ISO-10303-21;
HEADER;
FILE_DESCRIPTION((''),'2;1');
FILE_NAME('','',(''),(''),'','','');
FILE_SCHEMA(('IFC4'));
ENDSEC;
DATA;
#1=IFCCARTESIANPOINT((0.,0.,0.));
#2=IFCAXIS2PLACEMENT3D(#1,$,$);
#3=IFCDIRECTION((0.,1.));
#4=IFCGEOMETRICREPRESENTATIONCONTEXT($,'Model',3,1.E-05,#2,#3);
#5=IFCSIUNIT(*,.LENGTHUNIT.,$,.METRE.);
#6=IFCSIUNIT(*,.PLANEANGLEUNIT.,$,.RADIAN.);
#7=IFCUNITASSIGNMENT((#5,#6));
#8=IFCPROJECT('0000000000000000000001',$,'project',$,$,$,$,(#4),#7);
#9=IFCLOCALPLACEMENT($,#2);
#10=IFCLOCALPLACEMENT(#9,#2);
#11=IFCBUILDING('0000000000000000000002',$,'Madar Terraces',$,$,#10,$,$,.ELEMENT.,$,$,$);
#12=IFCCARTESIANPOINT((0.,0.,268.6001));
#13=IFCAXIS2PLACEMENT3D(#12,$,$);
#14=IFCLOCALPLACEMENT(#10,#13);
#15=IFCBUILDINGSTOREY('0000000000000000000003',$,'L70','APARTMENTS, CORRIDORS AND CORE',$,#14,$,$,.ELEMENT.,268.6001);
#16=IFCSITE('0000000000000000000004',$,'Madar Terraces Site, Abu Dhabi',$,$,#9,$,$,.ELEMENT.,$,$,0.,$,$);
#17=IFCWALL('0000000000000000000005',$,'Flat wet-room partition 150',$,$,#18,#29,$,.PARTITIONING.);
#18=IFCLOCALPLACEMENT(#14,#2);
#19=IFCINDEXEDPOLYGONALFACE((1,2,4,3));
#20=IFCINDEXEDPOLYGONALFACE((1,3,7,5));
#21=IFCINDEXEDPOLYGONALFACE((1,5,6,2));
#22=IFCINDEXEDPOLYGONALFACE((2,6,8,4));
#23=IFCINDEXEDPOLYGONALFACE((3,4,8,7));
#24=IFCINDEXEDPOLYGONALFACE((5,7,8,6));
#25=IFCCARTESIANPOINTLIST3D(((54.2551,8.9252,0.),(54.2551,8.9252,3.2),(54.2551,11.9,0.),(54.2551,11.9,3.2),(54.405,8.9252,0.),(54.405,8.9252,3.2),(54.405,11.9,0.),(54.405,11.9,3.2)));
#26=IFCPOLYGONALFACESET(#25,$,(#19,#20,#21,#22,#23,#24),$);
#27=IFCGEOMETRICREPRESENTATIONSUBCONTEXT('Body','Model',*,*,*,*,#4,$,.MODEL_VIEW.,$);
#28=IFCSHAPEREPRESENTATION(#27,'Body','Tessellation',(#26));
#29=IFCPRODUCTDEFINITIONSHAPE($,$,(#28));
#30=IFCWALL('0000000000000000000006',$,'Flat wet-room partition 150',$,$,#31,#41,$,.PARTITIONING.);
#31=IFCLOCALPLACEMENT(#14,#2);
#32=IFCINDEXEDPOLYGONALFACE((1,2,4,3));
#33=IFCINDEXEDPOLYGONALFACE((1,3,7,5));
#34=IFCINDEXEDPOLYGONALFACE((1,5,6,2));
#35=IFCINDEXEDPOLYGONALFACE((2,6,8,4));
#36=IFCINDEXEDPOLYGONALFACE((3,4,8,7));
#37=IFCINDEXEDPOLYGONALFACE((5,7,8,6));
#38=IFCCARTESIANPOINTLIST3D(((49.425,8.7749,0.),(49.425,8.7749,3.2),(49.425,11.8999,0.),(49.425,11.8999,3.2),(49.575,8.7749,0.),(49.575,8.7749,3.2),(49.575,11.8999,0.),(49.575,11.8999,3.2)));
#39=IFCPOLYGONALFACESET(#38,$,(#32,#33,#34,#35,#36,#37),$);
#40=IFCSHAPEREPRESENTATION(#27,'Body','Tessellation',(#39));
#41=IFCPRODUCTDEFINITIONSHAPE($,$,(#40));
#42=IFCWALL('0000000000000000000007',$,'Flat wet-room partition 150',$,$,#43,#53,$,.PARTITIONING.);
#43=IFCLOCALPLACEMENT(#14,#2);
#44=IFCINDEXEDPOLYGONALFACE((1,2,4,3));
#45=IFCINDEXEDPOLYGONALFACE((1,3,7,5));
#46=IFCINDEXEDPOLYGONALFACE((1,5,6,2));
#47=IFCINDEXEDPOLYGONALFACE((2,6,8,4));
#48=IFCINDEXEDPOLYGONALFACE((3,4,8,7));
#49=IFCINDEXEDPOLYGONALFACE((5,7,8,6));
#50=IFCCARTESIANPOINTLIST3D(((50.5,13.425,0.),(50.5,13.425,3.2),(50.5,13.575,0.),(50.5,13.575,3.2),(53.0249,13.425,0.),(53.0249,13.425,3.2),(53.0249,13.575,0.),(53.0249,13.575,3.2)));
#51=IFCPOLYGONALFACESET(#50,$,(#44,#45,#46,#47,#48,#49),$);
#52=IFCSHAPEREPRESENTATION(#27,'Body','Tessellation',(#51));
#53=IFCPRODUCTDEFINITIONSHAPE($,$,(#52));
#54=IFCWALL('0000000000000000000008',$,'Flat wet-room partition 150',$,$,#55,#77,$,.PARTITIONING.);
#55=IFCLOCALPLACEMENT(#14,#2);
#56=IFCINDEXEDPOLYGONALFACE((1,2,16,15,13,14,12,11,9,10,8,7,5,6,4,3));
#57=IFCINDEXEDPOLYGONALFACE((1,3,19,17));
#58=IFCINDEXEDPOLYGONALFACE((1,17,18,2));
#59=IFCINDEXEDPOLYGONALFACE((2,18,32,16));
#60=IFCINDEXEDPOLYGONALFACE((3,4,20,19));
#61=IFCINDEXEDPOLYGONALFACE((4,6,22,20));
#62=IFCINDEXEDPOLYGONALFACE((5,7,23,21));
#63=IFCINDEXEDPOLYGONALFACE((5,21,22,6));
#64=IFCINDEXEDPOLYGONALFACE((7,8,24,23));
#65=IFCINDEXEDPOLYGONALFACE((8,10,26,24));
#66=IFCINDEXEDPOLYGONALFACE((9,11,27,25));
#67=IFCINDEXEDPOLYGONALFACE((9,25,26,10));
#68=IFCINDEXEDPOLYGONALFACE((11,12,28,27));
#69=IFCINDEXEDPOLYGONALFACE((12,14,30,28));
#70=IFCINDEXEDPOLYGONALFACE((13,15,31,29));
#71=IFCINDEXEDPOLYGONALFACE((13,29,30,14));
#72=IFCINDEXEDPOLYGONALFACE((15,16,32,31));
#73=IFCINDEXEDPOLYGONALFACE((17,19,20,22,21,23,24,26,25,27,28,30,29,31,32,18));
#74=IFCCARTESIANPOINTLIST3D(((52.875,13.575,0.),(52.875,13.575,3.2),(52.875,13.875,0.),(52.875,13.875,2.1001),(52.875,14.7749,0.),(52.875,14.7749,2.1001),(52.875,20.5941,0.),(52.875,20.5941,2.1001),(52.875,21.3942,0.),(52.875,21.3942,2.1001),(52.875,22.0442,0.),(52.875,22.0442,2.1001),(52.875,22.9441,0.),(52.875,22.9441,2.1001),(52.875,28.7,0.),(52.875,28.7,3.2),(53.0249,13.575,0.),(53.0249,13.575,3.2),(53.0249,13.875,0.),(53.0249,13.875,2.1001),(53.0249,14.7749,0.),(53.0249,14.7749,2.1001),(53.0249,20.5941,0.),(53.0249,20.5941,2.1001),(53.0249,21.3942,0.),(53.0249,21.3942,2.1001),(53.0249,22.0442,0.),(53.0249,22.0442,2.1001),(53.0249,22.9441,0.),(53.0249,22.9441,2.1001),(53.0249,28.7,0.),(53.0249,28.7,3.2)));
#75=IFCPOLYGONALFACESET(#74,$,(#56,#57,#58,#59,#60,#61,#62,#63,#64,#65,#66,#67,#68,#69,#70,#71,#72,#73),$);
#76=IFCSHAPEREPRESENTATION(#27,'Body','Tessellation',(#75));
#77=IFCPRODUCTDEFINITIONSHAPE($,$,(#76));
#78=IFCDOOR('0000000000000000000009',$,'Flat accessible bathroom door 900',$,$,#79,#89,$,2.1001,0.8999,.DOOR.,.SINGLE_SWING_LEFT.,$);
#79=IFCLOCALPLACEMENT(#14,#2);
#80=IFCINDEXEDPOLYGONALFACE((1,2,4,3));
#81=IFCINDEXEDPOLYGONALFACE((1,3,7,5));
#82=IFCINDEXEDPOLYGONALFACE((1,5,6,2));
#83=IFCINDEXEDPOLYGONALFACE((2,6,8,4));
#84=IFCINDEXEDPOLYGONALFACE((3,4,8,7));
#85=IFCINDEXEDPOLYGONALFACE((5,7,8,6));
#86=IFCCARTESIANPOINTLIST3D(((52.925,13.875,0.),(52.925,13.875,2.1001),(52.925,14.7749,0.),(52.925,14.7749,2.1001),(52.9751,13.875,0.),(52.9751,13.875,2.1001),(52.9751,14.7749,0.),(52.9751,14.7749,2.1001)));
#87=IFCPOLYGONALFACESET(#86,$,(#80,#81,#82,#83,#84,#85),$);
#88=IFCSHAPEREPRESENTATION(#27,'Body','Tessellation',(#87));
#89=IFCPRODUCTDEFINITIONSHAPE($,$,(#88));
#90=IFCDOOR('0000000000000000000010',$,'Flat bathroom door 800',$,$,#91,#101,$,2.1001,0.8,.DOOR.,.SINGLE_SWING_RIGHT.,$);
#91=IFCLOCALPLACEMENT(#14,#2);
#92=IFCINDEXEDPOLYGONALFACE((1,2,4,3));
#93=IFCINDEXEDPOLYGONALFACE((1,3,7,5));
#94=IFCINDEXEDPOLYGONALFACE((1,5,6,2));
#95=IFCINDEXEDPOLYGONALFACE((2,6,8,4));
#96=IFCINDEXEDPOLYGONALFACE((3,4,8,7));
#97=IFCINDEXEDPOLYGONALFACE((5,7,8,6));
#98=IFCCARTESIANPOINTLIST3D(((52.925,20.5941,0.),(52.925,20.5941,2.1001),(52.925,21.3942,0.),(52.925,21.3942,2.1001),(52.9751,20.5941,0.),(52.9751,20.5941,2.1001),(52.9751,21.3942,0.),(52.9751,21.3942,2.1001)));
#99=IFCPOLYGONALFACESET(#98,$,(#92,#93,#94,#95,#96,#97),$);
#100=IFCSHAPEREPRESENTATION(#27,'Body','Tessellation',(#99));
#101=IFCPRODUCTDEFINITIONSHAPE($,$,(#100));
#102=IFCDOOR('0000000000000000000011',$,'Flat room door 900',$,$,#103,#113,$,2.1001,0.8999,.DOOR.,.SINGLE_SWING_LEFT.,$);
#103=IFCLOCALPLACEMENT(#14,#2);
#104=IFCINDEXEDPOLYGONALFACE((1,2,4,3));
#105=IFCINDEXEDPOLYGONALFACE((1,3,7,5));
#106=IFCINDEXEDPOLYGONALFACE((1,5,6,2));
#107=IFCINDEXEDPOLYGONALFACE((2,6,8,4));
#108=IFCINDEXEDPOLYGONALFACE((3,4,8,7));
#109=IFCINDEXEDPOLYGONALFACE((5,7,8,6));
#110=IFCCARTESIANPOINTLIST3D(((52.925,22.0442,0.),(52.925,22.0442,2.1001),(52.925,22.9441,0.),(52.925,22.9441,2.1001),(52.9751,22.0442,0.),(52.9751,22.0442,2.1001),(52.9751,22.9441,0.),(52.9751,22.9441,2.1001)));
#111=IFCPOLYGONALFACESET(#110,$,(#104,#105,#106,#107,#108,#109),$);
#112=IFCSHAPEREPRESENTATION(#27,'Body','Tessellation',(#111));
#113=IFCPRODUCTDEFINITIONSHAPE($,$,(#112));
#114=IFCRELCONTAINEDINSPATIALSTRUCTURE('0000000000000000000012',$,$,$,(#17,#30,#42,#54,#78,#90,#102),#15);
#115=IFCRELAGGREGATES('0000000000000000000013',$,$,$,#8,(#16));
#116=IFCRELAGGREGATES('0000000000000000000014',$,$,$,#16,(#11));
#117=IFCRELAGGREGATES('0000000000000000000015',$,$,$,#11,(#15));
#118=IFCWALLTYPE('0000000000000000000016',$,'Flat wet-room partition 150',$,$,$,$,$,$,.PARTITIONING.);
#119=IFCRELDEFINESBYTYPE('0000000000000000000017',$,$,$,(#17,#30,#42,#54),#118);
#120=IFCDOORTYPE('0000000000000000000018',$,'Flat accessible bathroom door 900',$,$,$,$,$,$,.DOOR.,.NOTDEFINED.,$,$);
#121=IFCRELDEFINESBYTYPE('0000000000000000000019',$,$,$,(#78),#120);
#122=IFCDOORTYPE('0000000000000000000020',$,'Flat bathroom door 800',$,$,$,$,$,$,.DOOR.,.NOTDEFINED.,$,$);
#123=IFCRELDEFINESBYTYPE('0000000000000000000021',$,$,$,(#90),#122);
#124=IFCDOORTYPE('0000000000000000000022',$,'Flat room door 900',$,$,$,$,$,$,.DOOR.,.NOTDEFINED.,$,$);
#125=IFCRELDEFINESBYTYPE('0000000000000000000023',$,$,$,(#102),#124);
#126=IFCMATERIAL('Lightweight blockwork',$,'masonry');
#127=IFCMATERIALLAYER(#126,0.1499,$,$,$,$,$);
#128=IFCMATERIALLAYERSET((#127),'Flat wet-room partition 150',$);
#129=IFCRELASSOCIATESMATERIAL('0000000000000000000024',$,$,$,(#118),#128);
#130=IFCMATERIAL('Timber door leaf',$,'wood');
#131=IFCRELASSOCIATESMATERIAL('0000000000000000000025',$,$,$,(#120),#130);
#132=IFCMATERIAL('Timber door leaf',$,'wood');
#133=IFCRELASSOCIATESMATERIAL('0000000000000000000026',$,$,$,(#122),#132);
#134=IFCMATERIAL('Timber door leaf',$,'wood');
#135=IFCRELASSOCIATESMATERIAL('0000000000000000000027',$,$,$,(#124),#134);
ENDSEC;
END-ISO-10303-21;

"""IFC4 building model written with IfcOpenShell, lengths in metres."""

from ifc_helpers import new_model, si_unit, direction, frame, frame_2d, origin, place, context, subcontext, project, spatial, rectangle, extrude, material, layer, layer_set, type_object, element, fill, save


model = new_model("IFC4")

# Units and contexts
model_context = context("Model", 3, precision=1e-05, world=origin(), true_north=direction((0.0, 1.0)))
body_context = subcontext(model_context, "Body", "Model", "MODEL_VIEW")
ifc_project = project(units=[si_unit("LENGTHUNIT", "METRE"), si_unit("PLANEANGLEUNIT", "RADIAN")], contexts=[model_context])

# Site, building, storey
site_placement = place(None, origin())
site = spatial("IfcSite", under=ifc_project, at=site_placement, Name="Madar Terraces Site, Abu Dhabi", CompositionType="ELEMENT", RefElevation=0.0)
building_placement = place(site_placement, origin())
building = spatial("IfcBuilding", under=site, at=building_placement, Name="Madar Terraces", CompositionType="ELEMENT")
storey_placement = place(building_placement, frame((0.0, 0.0, 268.6001)))
storey = spatial("IfcBuildingStorey", under=building, at=storey_placement, Name="L70", Description="APARTMENTS, CORRIDORS AND CORE", CompositionType="ELEMENT", Elevation=268.6001)

# Walls
ifc_material_1 = material(Name="Lightweight blockwork", Category="masonry")
ifc_layer_1 = layer(ifc_material_1, 0.1499)
ifc_layer_set_1 = layer_set([ifc_layer_1], Name="Flat wet-room partition 150")
wall_type_1 = type_object("IfcWallType", Name="Flat wet-room partition 150", PredefinedType="PARTITIONING", material=ifc_layer_set_1)
wall_1_placement = place(storey_placement, frame((54.3301, 11.8999, 0.0), z_axis=(0.0, 0.0, 1.0), x_axis=(0.0, -1.0, 0.0)))
element("IfcWall", 1, at=wall_1_placement, inside=storey, type_object=wall_type_1, Name="Flat wet-room partition 150", PredefinedType="PARTITIONING", context=body_context, shape_type="SweptSolid", body=[
    extrude(rectangle(XDim=2.9749, YDim=0.1499, at=frame_2d((1.4873, 0.0))), origin(), (0.0, 0.0, 1.0), 3.2),
])
wall_2_placement = place(storey_placement, frame((49.5, 11.8999, 0.0), z_axis=(0.0, 0.0, 1.0), x_axis=(0.0, -1.0, 0.0)))
element("IfcWall", 2, at=wall_2_placement, inside=storey, type_object=wall_type_1, Name="Flat wet-room partition 150", PredefinedType="PARTITIONING", context=body_context, shape_type="SweptSolid", body=[
    extrude(rectangle(XDim=3.125, YDim=0.1499, at=frame_2d((1.5625, 0.0))), origin(), (0.0, 0.0, 1.0), 3.2),
])
wall_3_placement = place(storey_placement, frame((50.5, 13.5, 0.0), z_axis=(0.0, 0.0, 1.0), x_axis=(1.0, 0.0, 0.0)))
element("IfcWall", 3, at=wall_3_placement, inside=storey, type_object=wall_type_1, Name="Flat wet-room partition 150", PredefinedType="PARTITIONING", context=body_context, shape_type="SweptSolid", body=[
    extrude(rectangle(XDim=2.5249, YDim=0.1499, at=frame_2d((1.2625, 0.0))), origin(), (0.0, 0.0, 1.0), 3.2),
])

# Wall, openings, doors
wall_4_placement = place(storey_placement, frame((52.95, 13.575, 0.0), z_axis=(0.0, 0.0, 1.0), x_axis=(0.0, 1.0, 0.0)))
wall_4 = element("IfcWall", 4, at=wall_4_placement, inside=storey, type_object=wall_type_1, Name="Flat wet-room partition 150", PredefinedType="PARTITIONING", context=body_context, shape_type="SweptSolid", body=[
    extrude(rectangle(XDim=15.125, YDim=0.1499, at=frame_2d((7.5625, 0.0))), origin(), (0.0, 0.0, 1.0), 3.2),
])
opening_1_placement = place(wall_4_placement, frame((0.3, 0.0, 0.0)))
opening_1 = element("IfcOpeningElement", 5, at=opening_1_placement, cuts=wall_4, PredefinedType="OPENING", context=body_context, shape_type="SweptSolid", body=[
    extrude(rectangle(XDim=0.8999, YDim=2.1001, at=frame_2d((0.45, 1.05))), frame((0.0, 0.085, 0.0), z_axis=(0.0, -1.0, 0.0), x_axis=(1.0, 0.0, 0.0)), (0.0, 0.0, 1.0), 0.1699),
])
opening_2_placement = place(wall_4_placement, frame((7.0193, 0.0, 0.0)))
opening_2 = element("IfcOpeningElement", 6, at=opening_2_placement, cuts=wall_4, PredefinedType="OPENING", context=body_context, shape_type="SweptSolid", body=[
    extrude(rectangle(XDim=0.8, YDim=2.1001, at=frame_2d((0.3999, 1.05))), frame((0.0, 0.085, 0.0), z_axis=(0.0, -1.0, 0.0), x_axis=(1.0, 0.0, 0.0)), (0.0, 0.0, 1.0), 0.1699),
])
opening_3_placement = place(wall_4_placement, frame((8.4692, 0.0, 0.0)))
opening_3 = element("IfcOpeningElement", 7, at=opening_3_placement, cuts=wall_4, PredefinedType="OPENING", context=body_context, shape_type="SweptSolid", body=[
    extrude(rectangle(XDim=0.8999, YDim=2.1001, at=frame_2d((0.45, 1.05))), frame((0.0, 0.085, 0.0), z_axis=(0.0, -1.0, 0.0), x_axis=(1.0, 0.0, 0.0)), (0.0, 0.0, 1.0), 0.1699),
])
ifc_material_2 = material(Name="Timber door leaf", Category="wood")
door_type_1 = type_object("IfcDoorType", Name="Flat accessible bathroom door 900", OperationType="NOTDEFINED", PredefinedType="DOOR", material=ifc_material_2)
door_1_placement = place(opening_1_placement, origin())
door_1 = element("IfcDoor", 8, at=door_1_placement, inside=storey, type_object=door_type_1, Name="Flat accessible bathroom door 900", OperationType="SINGLE_SWING_LEFT", OverallHeight=2.1001, OverallWidth=0.8999, PredefinedType="DOOR", context=body_context, shape_type="SweptSolid", body=[
    extrude(rectangle(XDim=0.8999, YDim=2.1001, at=frame_2d((0.45, 1.05))), frame((0.0, 0.0249, 0.0), z_axis=(0.0, -1.0, 0.0), x_axis=(1.0, 0.0, 0.0)), (0.0, 0.0, 1.0), 0.05),
])
fill(opening_1, door_1)
ifc_material_3 = material(Name="Timber door leaf", Category="wood")
door_type_2 = type_object("IfcDoorType", Name="Flat bathroom door 800", OperationType="NOTDEFINED", PredefinedType="DOOR", material=ifc_material_3)
door_2_placement = place(opening_2_placement, origin())
door_2 = element("IfcDoor", 9, at=door_2_placement, inside=storey, type_object=door_type_2, Name="Flat bathroom door 800", OperationType="SINGLE_SWING_RIGHT", OverallHeight=2.1001, OverallWidth=0.8, PredefinedType="DOOR", context=body_context, shape_type="SweptSolid", body=[
    extrude(rectangle(XDim=0.8, YDim=2.1001, at=frame_2d((0.3999, 1.05))), frame((0.0, 0.0249, 0.0), z_axis=(0.0, -1.0, 0.0), x_axis=(1.0, 0.0, 0.0)), (0.0, 0.0, 1.0), 0.05),
])
fill(opening_2, door_2)
ifc_material_4 = material(Name="Timber door leaf", Category="wood")
door_type_3 = type_object("IfcDoorType", Name="Flat room door 900", OperationType="NOTDEFINED", PredefinedType="DOOR", material=ifc_material_4)
door_3_placement = place(opening_3_placement, origin())
door_3 = element("IfcDoor", 10, at=door_3_placement, inside=storey, type_object=door_type_3, Name="Flat room door 900", OperationType="SINGLE_SWING_LEFT", OverallHeight=2.1001, OverallWidth=0.8999, PredefinedType="DOOR", context=body_context, shape_type="SweptSolid", body=[
    extrude(rectangle(XDim=0.8999, YDim=2.1001, at=frame_2d((0.45, 1.05))), frame((0.0, 0.0249, 0.0), z_axis=(0.0, -1.0, 0.0), x_axis=(1.0, 0.0, 0.0)), (0.0, 0.0, 1.0), 0.05),
])
fill(opening_3, door_3)

save(model, "model.ifc")
